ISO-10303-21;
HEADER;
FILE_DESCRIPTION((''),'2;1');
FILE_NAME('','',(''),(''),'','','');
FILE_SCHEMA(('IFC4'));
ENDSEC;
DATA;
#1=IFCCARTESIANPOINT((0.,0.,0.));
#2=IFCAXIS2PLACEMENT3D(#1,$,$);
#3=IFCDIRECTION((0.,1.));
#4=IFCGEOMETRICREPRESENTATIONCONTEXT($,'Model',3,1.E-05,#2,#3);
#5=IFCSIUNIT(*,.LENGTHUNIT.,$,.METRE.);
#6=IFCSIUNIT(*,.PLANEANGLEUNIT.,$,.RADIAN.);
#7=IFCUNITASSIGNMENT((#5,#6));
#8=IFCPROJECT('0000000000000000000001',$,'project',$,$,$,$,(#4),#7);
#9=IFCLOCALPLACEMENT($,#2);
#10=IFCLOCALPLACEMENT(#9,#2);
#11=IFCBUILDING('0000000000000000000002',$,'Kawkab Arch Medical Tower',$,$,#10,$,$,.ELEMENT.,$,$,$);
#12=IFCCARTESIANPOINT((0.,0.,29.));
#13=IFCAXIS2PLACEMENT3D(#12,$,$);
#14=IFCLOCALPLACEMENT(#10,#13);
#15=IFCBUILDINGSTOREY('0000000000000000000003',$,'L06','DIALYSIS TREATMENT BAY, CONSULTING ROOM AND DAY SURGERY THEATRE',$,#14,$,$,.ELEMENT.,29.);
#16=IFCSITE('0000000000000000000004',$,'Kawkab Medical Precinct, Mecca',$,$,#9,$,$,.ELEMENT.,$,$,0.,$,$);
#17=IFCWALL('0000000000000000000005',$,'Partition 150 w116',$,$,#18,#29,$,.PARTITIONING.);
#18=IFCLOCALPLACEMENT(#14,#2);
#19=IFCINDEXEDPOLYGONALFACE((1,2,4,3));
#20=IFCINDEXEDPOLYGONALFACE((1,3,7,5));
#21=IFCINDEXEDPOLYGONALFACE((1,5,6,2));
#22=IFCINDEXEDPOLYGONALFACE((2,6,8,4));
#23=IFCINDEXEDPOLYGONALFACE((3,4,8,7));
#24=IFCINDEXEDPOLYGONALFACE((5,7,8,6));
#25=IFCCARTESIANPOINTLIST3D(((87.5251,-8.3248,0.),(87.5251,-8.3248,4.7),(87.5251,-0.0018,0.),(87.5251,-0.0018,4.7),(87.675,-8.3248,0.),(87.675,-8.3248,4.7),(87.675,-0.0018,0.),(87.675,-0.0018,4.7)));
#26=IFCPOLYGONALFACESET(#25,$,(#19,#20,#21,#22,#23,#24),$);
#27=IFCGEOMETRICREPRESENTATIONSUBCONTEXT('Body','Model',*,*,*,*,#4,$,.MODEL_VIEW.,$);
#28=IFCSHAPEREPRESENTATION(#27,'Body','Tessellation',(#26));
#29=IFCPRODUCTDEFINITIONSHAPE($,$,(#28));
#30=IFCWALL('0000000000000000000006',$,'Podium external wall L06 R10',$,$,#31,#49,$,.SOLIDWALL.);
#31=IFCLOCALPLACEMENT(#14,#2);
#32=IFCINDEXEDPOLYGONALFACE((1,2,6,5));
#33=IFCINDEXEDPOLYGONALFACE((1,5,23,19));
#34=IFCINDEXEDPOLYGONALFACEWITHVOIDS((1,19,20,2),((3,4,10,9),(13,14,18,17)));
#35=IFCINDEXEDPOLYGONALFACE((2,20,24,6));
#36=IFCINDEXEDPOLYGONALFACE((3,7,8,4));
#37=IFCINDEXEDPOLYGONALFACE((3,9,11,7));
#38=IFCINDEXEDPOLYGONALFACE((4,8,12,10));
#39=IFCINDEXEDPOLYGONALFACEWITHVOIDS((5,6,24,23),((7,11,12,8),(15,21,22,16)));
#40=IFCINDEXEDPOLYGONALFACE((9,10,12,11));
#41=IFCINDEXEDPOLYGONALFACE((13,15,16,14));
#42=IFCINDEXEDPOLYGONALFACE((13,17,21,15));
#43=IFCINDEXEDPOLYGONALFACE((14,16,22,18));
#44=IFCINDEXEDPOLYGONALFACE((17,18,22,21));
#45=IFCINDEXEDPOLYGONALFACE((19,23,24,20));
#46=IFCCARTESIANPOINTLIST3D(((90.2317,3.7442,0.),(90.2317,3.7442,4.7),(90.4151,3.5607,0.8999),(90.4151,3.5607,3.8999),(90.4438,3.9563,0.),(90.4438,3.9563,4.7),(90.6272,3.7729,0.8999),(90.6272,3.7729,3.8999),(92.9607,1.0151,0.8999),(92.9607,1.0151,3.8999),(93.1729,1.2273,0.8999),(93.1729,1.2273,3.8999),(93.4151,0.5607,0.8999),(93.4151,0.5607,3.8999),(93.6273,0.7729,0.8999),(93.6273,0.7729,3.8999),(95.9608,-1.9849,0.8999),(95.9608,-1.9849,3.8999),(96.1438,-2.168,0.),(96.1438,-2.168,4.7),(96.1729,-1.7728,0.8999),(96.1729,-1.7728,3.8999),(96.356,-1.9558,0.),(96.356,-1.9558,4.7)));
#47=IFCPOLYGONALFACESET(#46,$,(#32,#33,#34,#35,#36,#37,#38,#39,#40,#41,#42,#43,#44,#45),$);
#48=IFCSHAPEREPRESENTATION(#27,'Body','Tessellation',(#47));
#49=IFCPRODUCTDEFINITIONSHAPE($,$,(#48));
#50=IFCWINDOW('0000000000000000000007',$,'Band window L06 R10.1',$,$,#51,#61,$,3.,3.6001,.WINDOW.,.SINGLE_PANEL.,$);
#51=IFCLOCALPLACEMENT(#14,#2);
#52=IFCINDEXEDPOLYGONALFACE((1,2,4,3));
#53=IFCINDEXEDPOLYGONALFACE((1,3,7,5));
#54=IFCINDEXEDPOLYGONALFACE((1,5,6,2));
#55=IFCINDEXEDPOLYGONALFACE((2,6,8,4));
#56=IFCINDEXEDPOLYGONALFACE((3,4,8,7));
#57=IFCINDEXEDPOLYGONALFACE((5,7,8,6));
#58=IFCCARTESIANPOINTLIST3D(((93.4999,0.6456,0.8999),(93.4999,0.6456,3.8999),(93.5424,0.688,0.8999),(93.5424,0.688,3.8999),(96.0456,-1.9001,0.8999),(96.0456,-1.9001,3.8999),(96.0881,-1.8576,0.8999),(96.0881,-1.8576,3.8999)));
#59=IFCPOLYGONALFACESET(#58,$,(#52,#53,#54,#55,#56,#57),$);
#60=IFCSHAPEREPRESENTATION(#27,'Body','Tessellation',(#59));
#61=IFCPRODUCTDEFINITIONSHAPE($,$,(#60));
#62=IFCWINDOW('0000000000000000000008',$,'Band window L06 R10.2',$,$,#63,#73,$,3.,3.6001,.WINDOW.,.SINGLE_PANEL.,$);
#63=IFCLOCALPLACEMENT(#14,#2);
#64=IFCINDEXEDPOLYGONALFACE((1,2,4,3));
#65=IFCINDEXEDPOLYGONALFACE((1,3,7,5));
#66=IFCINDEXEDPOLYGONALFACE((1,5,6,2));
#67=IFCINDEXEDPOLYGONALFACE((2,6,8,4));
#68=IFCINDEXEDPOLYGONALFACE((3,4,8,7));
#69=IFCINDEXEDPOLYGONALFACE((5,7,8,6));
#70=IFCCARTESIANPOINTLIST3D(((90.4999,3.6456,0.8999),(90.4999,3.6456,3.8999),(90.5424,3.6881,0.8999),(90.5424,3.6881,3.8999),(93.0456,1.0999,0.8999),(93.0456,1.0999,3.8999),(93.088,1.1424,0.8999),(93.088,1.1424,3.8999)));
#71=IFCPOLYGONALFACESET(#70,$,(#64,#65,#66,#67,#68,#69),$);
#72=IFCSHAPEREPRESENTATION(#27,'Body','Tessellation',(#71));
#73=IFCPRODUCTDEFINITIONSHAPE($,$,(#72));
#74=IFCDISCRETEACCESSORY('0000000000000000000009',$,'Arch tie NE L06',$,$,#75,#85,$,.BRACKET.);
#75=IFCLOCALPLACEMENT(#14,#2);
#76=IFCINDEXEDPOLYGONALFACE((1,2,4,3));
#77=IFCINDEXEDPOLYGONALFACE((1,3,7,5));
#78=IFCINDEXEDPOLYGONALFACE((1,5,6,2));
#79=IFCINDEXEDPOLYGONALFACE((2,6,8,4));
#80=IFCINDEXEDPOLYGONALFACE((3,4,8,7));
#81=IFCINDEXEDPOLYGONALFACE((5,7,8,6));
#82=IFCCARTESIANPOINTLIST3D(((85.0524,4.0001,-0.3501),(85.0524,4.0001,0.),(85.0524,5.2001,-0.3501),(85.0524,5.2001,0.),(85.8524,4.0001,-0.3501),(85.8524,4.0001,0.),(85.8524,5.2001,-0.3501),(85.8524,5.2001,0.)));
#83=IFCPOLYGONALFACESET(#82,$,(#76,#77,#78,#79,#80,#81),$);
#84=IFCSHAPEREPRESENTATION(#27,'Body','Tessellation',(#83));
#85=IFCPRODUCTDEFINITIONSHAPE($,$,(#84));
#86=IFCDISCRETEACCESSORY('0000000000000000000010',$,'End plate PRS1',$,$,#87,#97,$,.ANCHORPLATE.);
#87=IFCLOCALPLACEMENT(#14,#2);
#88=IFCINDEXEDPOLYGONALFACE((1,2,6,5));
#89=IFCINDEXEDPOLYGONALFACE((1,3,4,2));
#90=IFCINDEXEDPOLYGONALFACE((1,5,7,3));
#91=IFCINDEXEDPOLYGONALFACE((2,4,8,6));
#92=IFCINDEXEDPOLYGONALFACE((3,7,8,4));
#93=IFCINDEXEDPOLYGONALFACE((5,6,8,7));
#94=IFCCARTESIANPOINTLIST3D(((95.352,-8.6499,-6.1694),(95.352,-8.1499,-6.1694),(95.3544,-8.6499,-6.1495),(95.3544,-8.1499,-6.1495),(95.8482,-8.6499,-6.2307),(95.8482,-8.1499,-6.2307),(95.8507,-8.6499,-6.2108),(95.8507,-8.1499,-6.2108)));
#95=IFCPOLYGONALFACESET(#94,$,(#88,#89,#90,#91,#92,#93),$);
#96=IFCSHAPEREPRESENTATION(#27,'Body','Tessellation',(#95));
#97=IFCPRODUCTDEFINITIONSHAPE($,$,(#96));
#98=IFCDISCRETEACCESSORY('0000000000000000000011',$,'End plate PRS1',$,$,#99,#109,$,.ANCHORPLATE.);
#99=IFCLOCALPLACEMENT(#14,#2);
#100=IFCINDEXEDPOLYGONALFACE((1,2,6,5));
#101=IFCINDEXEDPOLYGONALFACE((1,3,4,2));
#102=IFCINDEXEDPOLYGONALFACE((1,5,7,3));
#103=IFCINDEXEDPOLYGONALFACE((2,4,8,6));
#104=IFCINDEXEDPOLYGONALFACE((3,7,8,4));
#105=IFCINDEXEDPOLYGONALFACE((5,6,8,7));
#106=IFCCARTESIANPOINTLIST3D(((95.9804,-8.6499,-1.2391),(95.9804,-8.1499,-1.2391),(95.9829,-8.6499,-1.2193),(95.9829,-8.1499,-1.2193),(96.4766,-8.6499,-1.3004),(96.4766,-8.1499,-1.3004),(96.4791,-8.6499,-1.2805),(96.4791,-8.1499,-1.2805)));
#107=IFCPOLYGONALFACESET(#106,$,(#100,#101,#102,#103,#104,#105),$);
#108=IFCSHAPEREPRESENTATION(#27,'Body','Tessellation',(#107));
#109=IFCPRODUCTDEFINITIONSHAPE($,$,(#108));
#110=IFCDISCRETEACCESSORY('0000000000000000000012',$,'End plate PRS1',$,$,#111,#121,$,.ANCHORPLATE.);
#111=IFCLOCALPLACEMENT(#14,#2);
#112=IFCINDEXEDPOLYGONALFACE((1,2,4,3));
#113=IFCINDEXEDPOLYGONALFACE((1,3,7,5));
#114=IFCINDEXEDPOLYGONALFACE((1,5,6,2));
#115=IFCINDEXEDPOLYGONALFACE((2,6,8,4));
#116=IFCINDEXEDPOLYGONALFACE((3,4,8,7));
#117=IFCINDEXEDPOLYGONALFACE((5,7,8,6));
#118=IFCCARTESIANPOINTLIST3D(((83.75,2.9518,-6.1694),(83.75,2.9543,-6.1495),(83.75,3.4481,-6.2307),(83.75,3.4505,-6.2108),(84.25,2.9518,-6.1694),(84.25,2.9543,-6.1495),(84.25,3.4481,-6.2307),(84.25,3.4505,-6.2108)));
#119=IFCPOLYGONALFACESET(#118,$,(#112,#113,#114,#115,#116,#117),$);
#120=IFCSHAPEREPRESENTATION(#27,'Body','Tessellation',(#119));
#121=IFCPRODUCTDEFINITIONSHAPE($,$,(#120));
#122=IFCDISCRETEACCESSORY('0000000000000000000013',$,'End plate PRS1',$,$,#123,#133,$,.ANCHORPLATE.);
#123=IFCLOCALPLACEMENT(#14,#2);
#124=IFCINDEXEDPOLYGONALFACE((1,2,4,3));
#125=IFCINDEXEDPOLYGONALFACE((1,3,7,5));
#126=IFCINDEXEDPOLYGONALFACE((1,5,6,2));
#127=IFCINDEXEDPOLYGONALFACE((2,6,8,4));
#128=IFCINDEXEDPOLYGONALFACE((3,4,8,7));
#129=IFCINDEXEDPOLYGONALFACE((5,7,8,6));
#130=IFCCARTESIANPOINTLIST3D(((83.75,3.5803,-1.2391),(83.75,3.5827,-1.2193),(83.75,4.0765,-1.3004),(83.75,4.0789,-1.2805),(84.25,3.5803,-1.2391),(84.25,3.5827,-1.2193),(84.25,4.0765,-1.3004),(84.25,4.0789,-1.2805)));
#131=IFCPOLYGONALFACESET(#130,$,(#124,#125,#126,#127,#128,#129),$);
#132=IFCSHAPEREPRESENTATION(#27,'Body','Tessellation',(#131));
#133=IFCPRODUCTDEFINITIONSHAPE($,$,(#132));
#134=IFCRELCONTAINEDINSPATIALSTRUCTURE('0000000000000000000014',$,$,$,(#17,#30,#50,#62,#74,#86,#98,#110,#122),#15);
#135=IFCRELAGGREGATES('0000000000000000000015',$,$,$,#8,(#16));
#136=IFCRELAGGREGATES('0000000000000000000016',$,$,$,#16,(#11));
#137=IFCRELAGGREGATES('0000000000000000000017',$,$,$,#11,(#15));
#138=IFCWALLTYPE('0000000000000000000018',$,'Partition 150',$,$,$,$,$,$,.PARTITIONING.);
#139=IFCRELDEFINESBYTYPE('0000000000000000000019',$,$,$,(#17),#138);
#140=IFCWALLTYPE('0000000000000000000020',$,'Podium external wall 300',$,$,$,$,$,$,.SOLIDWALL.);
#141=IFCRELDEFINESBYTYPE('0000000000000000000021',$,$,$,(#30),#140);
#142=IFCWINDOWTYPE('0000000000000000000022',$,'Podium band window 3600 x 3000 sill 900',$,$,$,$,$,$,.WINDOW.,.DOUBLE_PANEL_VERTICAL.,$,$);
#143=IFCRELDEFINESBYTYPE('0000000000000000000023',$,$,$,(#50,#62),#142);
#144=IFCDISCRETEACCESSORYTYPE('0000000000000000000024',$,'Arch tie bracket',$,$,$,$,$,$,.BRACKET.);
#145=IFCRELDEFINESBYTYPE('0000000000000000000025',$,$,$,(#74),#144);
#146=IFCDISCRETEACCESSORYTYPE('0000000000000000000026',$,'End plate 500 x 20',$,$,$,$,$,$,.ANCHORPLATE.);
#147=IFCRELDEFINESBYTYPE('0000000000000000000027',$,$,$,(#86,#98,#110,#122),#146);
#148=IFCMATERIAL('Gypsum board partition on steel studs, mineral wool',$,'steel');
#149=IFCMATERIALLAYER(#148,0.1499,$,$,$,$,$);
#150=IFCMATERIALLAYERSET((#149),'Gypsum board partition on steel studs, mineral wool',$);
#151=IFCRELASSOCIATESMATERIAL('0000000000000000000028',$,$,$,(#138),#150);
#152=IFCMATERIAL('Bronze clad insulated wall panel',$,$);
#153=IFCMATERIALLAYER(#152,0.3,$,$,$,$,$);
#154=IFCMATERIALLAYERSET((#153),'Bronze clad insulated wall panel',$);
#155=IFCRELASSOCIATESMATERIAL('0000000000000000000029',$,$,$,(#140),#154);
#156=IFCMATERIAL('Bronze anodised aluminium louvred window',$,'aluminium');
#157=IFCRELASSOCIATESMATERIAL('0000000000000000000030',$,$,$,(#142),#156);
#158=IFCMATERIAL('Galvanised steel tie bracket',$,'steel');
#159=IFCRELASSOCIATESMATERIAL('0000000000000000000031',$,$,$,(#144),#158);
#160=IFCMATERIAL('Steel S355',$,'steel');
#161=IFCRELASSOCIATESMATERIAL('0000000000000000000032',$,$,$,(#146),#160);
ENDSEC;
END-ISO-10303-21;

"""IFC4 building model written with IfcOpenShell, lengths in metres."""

from ifc_helpers import new_model, si_unit, direction, frame, frame_2d, origin, origin_2d, place, context, subcontext, project, spatial, rectangle, extrude, material, layer, layer_set, material_profile, profile_set, type_object, element, fill, save


model = new_model("IFC4")

# Units and contexts
model_context = context("Model", 3, precision=1e-05, world=origin(), true_north=direction((0.0, 1.0)))
body_context = subcontext(model_context, "Body", "Model", "MODEL_VIEW")
ifc_project = project(units=[si_unit("LENGTHUNIT", "METRE"), si_unit("PLANEANGLEUNIT", "RADIAN")], contexts=[model_context])

# Site, building, storey
site_placement = place(None, origin())
site = spatial("IfcSite", under=ifc_project, at=site_placement, Name="Kawkab Medical Precinct, Mecca", CompositionType="ELEMENT", RefElevation=0.0)
building_placement = place(site_placement, origin())
building = spatial("IfcBuilding", under=site, at=building_placement, Name="Kawkab Arch Medical Tower", CompositionType="ELEMENT")
storey_placement = place(building_placement, frame((0.0, 0.0, 29.0)))
storey = spatial("IfcBuildingStorey", under=building, at=storey_placement, Name="L06", Description="DIALYSIS TREATMENT BAY, CONSULTING ROOM AND DAY SURGERY THEATRE", CompositionType="ELEMENT", Elevation=29.0)

# Wall
ifc_material_1 = material(Name="Gypsum board partition on steel studs, mineral wool", Category="steel")
ifc_layer_1 = layer(ifc_material_1, 0.1499)
ifc_layer_set_1 = layer_set([ifc_layer_1], Name="Gypsum board partition on steel studs, mineral wool")
wall_type_1 = type_object("IfcWallType", Name="Partition 150", PredefinedType="PARTITIONING", material=ifc_layer_set_1)
wall_1_placement = place(storey_placement, frame((87.6001, -8.325, 0.0), z_axis=(0.0, 0.0, 1.0), x_axis=(0.0, 1.0, 0.0)))
element("IfcWall", 1, at=wall_1_placement, inside=storey, type_object=wall_type_1, Name="Partition 150 w116", PredefinedType="PARTITIONING", context=body_context, shape_type="SweptSolid", body=[
    extrude(rectangle(XDim=8.323, YDim=0.1499, at=frame_2d((4.1616, 0.0))), origin(), (0.0, 0.0, 1.0), 4.7),
])

# Wall, openings, windows
ifc_material_2 = material(Name="Bronze clad insulated wall panel")
ifc_layer_2 = layer(ifc_material_2, 0.3)
ifc_layer_set_2 = layer_set([ifc_layer_2], Name="Bronze clad insulated wall panel")
wall_type_2 = type_object("IfcWallType", Name="Podium external wall 300", PredefinedType="SOLIDWALL", material=ifc_layer_set_2)
wall_2_placement = place(storey_placement, frame((96.25, -2.062, 0.0), z_axis=(0.0, 0.0, 1.0), x_axis=(-0.707107, 0.707107, 0.0)))
wall_2 = element("IfcWall", 2, at=wall_2_placement, inside=storey, type_object=wall_type_2, Name="Podium external wall L06 R10", PredefinedType="SOLIDWALL", context=body_context, shape_type="SweptSolid", body=[
    extrude(rectangle(XDim=8.3611, YDim=0.3, at=frame_2d((4.1807, 0.0))), origin(), (0.0, 0.0, 1.0), 4.7),
])
opening_1_placement = place(wall_2_placement, frame((0.259, 0.0, 0.8999)))
opening_1 = element("IfcOpeningElement", 3, at=opening_1_placement, cuts=wall_2, PredefinedType="OPENING", context=body_context, shape_type="SweptSolid", body=[
    extrude(rectangle(XDim=3.6001, YDim=3.0, at=frame_2d((1.8, 1.5))), frame((0.0, 0.1599, 0.0), z_axis=(0.0, -1.0, 0.0), x_axis=(1.0, 0.0, 0.0)), (0.0, 0.0, 1.0), 0.3201),
])
opening_2_placement = place(wall_2_placement, frame((4.5017, 0.0, 0.8999)))
opening_2 = element("IfcOpeningElement", 4, at=opening_2_placement, cuts=wall_2, PredefinedType="OPENING", context=body_context, shape_type="SweptSolid", body=[
    extrude(rectangle(XDim=3.6001, YDim=3.0, at=frame_2d((1.8, 1.5))), frame((0.0, 0.1599, 0.0), z_axis=(0.0, -1.0, 0.0), x_axis=(1.0, 0.0, 0.0)), (0.0, 0.0, 1.0), 0.3201),
])
ifc_material_3 = material(Name="Bronze anodised aluminium louvred window", Category="aluminium")
window_type = type_object("IfcWindowType", Name="Podium band window 3600 x 3000 sill 900", PartitioningType="DOUBLE_PANEL_VERTICAL", PredefinedType="WINDOW", material=ifc_material_3)
window_1_placement = place(opening_1_placement, origin())
window_1 = element("IfcWindow", 5, at=window_1_placement, inside=storey, type_object=window_type, Name="Band window L06 R10.1", OverallHeight=3.0, OverallWidth=3.6001, PartitioningType="SINGLE_PANEL", PredefinedType="WINDOW", context=body_context, shape_type="SweptSolid", body=[
    extrude(rectangle(XDim=3.6001, YDim=3.0, at=frame_2d((1.8, 1.5))), frame((0.0, 0.03, 0.0), z_axis=(0.0, -1.0, 0.0), x_axis=(1.0, 0.0, 0.0)), (0.0, 0.0, 1.0), 0.0601),
])
fill(opening_1, window_1)
window_2_placement = place(opening_2_placement, origin())
window_2 = element("IfcWindow", 6, at=window_2_placement, inside=storey, type_object=window_type, Name="Band window L06 R10.2", OverallHeight=3.0, OverallWidth=3.6001, PartitioningType="SINGLE_PANEL", PredefinedType="WINDOW", context=body_context, shape_type="SweptSolid", body=[
    extrude(rectangle(XDim=3.6001, YDim=3.0, at=frame_2d((1.8, 1.5))), frame((0.0, 0.03, 0.0), z_axis=(0.0, -1.0, 0.0), x_axis=(1.0, 0.0, 0.0)), (0.0, 0.0, 1.0), 0.0601),
])
fill(opening_2, window_2)

# Discrete accessories
ifc_material_4 = material(Name="Galvanised steel tie bracket", Category="steel")
discrete_accessory_type_1 = type_object("IfcDiscreteAccessoryType", Name="Arch tie bracket", PredefinedType="BRACKET", material=ifc_material_4)
discrete_accessory_placement = place(storey_placement, frame((85.4524, 4.6001, -0.3501), z_axis=(0.0, 0.0, 1.0), x_axis=(1.0, 0.0, 0.0)))
element("IfcDiscreteAccessory", 7, at=discrete_accessory_placement, inside=storey, type_object=discrete_accessory_type_1, Name="Arch tie NE L06", PredefinedType="BRACKET", context=body_context, shape_type="SweptSolid", body=[
    extrude(rectangle(XDim=0.8, YDim=1.2, at=origin_2d()), origin(), (0.0, 0.0, 1.0), 0.3501),
])
ifc_material_5 = material(Name="Steel S355", Category="steel")
ifc_material_profile_1 = material_profile(ifc_material_5, rectangle(XDim=0.5, YDim=0.5, at=origin_2d()), Name="End plate 500 x 20")
ifc_profile_set_1 = profile_set([ifc_material_profile_1], Name="Steel S355")
discrete_accessory_type_2 = type_object("IfcDiscreteAccessoryType", Name="End plate 500 x 20", PredefinedType="ANCHORPLATE", material=ifc_profile_set_1)
for number, where, z_axis, x_axis, name in (
    (8, (95.6025, -8.3999, -6.1802), (-0.122527, 0.0, -0.992465), (0.0, -1.0, 0.0), "End plate PRS1"),
    (9, (96.2285, -8.3999, -1.2698), (0.122527, 0.0, 0.992465), (0.0, 1.0, 0.0), "End plate PRS1"),
    (10, (84.0, 3.2024, -6.1802), (0.0, -0.122527, -0.992465), (1.0, 0.0, 0.0), "End plate PRS1"),
    (11, (84.0, 3.8284, -1.2698), (0.0, 0.122527, 0.992465), (-1.0, 0.0, 0.0), "End plate PRS1"),
):
    element("IfcDiscreteAccessory", number, at=place(storey_placement, frame(where, z_axis=z_axis, x_axis=x_axis)), inside=storey, type_object=discrete_accessory_type_2, Name=name, PredefinedType="ANCHORPLATE", context=body_context, shape_type="SweptSolid", body=[
        extrude(rectangle(XDim=0.5, YDim=0.5, at=origin_2d()), origin(), (0.0, 0.0, 1.0), 0.02),
    ])

save(model, "model.ifc")
